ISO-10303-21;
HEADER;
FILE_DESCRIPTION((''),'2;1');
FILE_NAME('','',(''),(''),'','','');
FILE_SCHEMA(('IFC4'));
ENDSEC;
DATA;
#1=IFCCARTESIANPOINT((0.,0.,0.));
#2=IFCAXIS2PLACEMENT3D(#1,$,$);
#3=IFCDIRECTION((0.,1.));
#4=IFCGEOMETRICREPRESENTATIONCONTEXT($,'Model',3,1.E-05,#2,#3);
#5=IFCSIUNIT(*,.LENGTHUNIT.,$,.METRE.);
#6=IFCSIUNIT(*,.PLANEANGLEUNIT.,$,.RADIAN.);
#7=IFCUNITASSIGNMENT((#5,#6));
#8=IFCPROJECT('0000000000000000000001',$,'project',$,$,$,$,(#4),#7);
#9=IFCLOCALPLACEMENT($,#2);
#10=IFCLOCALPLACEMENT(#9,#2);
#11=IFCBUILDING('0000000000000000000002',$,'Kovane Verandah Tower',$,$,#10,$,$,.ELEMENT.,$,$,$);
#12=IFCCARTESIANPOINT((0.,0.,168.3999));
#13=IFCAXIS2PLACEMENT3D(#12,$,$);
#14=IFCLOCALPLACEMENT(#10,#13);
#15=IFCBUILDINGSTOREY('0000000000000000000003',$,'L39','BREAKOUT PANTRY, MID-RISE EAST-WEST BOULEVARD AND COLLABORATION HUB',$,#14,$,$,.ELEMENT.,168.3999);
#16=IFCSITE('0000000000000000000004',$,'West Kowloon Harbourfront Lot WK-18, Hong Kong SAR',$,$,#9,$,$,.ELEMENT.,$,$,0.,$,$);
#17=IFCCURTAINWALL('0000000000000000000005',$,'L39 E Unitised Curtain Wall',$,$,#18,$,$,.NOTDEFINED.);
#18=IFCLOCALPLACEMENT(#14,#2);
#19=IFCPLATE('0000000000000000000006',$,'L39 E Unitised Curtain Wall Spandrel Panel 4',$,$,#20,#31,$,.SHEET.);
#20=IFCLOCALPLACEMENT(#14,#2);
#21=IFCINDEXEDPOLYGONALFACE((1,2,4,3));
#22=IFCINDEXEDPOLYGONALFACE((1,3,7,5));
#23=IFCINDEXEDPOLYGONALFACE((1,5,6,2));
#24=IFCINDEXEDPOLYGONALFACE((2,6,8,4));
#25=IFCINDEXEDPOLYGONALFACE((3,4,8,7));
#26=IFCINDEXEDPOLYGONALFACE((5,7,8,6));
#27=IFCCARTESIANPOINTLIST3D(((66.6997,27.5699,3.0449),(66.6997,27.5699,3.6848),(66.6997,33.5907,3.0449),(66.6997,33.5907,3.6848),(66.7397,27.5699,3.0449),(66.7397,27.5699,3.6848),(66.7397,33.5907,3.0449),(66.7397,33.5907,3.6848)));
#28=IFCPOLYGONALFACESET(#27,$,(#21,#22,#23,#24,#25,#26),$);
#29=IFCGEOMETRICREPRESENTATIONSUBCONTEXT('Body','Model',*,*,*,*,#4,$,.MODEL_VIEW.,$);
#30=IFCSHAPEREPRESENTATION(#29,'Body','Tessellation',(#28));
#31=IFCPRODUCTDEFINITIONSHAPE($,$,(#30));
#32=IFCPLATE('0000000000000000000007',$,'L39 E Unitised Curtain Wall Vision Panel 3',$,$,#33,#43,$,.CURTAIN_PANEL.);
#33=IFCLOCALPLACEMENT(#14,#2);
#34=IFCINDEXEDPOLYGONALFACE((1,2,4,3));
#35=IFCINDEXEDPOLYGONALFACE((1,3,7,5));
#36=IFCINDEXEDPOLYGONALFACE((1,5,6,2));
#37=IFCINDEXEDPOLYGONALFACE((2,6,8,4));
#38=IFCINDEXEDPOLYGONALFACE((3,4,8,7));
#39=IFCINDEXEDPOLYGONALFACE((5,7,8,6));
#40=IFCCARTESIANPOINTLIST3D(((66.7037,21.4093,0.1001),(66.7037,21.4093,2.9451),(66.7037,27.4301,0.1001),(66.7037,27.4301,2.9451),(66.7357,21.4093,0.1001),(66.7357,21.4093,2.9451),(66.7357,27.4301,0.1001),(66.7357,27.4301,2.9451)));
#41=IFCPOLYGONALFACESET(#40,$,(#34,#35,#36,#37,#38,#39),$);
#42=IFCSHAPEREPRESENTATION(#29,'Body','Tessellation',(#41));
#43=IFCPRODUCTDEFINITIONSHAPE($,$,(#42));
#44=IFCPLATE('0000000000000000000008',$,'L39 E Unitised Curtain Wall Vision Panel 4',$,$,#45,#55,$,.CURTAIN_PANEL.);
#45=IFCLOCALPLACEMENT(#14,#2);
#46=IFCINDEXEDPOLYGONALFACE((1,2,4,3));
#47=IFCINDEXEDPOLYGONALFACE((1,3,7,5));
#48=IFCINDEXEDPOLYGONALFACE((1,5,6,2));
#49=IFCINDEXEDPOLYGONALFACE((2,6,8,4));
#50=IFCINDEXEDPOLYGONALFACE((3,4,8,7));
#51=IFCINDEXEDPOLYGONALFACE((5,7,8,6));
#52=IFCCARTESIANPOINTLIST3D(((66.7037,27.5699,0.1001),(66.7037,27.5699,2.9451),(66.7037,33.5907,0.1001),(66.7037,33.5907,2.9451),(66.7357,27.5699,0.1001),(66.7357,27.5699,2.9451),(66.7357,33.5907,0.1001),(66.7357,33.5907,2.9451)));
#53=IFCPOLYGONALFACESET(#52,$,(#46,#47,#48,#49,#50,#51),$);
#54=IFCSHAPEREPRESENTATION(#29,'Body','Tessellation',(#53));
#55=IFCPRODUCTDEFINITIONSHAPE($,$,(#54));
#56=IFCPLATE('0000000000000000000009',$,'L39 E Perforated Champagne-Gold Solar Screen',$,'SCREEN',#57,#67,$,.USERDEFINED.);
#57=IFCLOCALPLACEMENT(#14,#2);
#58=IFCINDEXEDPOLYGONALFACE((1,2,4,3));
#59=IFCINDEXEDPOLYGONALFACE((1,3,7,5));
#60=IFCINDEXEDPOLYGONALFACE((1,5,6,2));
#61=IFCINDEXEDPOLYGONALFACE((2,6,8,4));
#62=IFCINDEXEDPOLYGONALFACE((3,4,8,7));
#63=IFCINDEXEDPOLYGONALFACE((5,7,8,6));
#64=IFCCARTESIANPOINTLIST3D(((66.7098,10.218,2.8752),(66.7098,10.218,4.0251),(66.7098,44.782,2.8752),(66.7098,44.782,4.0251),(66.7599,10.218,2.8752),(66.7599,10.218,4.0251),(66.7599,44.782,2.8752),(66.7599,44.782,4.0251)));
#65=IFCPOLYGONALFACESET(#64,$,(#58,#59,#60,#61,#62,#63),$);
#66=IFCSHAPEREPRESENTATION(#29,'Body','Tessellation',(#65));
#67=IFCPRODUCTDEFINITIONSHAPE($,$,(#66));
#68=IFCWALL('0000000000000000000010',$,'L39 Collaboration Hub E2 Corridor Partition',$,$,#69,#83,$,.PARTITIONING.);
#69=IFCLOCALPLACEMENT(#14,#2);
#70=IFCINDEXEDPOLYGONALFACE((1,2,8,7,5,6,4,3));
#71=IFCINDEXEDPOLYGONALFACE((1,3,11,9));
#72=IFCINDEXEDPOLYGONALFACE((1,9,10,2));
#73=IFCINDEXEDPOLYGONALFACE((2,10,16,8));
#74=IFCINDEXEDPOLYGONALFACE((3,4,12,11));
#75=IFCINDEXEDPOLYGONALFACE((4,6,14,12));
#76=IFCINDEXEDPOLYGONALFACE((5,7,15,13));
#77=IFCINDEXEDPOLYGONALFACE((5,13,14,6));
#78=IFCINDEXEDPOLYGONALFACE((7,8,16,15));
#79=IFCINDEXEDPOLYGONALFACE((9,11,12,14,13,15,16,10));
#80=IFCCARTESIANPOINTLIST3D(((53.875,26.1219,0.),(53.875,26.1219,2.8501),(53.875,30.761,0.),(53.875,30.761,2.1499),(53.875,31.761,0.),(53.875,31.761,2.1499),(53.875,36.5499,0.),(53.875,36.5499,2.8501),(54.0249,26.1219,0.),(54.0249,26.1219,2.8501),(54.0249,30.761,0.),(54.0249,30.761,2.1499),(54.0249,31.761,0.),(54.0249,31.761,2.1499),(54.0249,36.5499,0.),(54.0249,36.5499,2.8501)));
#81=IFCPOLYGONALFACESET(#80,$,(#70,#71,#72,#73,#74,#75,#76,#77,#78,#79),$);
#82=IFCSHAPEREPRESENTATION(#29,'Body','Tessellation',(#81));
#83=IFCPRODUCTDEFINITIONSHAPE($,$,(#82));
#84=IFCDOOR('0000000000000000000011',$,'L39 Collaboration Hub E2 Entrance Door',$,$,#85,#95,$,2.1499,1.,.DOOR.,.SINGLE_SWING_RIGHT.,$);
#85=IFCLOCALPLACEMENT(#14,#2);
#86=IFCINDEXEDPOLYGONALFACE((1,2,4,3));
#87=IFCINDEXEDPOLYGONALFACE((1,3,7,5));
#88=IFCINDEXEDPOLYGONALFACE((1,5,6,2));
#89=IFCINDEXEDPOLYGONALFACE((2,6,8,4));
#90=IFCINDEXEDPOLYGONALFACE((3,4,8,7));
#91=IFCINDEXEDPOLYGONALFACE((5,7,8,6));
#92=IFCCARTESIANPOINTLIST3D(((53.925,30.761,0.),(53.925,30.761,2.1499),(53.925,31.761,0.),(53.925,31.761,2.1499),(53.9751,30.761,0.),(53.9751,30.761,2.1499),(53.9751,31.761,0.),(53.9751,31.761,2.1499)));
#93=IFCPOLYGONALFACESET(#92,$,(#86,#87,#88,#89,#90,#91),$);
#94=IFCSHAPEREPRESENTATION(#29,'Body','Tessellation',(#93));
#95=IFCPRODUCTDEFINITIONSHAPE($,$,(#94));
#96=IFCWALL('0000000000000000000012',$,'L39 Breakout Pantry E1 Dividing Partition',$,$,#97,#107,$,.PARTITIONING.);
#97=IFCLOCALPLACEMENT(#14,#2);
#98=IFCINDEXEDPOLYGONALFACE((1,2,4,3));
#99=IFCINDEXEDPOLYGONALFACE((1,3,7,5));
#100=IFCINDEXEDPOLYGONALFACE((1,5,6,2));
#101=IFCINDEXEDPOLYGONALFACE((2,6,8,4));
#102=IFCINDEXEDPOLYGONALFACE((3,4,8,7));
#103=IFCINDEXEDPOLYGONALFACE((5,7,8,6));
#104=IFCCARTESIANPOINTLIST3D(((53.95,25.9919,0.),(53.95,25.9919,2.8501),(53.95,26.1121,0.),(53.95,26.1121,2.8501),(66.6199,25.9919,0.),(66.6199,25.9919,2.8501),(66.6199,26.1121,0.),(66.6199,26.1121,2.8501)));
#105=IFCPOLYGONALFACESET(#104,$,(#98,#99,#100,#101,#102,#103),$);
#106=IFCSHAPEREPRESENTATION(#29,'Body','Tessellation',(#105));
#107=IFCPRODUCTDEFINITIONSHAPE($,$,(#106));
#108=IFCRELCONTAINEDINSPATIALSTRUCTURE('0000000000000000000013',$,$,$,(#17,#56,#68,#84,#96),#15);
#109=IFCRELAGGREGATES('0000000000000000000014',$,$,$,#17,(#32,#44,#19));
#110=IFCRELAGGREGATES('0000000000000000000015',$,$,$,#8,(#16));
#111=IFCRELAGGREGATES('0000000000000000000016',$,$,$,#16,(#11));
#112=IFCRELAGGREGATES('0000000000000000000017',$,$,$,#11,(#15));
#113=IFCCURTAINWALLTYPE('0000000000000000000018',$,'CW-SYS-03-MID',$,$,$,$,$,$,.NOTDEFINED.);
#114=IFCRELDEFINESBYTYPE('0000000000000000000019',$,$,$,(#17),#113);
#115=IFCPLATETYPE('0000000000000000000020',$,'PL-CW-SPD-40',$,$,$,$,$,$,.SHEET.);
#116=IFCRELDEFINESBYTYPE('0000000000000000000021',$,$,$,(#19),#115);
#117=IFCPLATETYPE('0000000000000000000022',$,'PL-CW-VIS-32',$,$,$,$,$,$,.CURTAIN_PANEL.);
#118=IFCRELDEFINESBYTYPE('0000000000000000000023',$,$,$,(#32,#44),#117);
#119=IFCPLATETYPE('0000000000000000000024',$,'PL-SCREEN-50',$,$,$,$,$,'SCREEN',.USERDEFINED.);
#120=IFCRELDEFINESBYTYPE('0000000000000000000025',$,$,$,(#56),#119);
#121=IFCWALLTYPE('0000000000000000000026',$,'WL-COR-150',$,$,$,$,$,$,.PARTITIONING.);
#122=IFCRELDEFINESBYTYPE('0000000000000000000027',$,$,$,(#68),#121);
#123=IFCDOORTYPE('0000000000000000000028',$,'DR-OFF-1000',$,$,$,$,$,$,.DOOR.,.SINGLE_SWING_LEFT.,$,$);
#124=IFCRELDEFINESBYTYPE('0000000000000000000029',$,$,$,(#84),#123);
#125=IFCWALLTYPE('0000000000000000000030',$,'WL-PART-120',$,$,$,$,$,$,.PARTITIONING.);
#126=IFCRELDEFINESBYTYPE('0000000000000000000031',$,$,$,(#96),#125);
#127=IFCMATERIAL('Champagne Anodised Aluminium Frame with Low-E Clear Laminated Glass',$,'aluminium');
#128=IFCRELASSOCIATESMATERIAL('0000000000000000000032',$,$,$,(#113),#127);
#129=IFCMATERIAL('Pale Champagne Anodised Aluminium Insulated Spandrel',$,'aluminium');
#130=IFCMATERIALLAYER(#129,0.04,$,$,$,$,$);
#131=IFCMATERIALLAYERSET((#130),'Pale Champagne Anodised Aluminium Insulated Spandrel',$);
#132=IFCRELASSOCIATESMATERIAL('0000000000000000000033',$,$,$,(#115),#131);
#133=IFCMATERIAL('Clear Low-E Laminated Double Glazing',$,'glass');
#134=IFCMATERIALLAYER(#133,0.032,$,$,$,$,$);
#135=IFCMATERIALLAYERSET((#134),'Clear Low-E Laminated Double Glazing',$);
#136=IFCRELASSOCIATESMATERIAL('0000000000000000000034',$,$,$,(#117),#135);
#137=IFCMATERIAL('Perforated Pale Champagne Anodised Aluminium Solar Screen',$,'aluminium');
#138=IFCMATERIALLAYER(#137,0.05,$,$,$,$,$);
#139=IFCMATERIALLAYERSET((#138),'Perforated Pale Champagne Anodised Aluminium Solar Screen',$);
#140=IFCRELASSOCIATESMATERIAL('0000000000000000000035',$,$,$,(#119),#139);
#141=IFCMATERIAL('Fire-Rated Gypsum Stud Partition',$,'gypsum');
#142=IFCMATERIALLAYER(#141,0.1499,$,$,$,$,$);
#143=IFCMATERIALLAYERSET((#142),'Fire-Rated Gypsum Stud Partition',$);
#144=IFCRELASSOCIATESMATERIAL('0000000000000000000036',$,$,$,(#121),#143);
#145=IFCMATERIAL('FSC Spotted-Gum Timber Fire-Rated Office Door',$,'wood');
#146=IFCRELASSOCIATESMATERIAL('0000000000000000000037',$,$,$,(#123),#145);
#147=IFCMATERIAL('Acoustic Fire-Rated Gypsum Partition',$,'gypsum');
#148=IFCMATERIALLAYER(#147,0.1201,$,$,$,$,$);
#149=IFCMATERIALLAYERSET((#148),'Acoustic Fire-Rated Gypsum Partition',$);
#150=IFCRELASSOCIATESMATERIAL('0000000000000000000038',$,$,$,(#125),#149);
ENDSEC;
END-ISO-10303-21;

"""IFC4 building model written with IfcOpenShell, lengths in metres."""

from ifc_helpers import new_model, si_unit, direction, frame, frame_2d, origin, origin_2d, place, context, subcontext, project, spatial, rectangle, extrude, material, layer, layer_set, type_object, element, fill, aggregate, save


model = new_model("IFC4")

# Units and contexts
model_context = context("Model", 3, precision=1e-05, world=origin(), true_north=direction((0.0, 1.0)))
body_context = subcontext(model_context, "Body", "Model", "MODEL_VIEW")
ifc_project = project(units=[si_unit("LENGTHUNIT", "METRE"), si_unit("PLANEANGLEUNIT", "RADIAN")], contexts=[model_context])

# Site, building, storey
site_placement = place(None, origin())
site = spatial("IfcSite", under=ifc_project, at=site_placement, Name="West Kowloon Harbourfront Lot WK-18, Hong Kong SAR", CompositionType="ELEMENT", RefElevation=0.0)
building_placement = place(site_placement, origin())
building = spatial("IfcBuilding", under=site, at=building_placement, Name="Kovane Verandah Tower", CompositionType="ELEMENT")
storey_placement = place(building_placement, frame((0.0, 0.0, 168.3999)))
storey = spatial("IfcBuildingStorey", under=building, at=storey_placement, Name="L39", Description="BREAKOUT PANTRY, MID-RISE EAST-WEST BOULEVARD AND COLLABORATION HUB", CompositionType="ELEMENT", Elevation=168.3999)

# Curtain wall
ifc_material_1 = material(Name="Champagne Anodised Aluminium Frame with Low-E Clear Laminated Glass", Category="aluminium")
curtain_wall_type = type_object("IfcCurtainWallType", Name="CW-SYS-03-MID", PredefinedType="NOTDEFINED", material=ifc_material_1)
curtain_wall_placement = place(storey_placement, origin())
curtain_wall = element("IfcCurtainWall", 1, at=curtain_wall_placement, inside=storey, type_object=curtain_wall_type, Name="L39 E Unitised Curtain Wall", PredefinedType="NOTDEFINED")

# Plates
ifc_material_2 = material(Name="Pale Champagne Anodised Aluminium Insulated Spandrel", Category="aluminium")
ifc_layer_1 = layer(ifc_material_2, 0.04)
ifc_layer_set_1 = layer_set([ifc_layer_1], Name="Pale Champagne Anodised Aluminium Insulated Spandrel")
plate_type_1 = type_object("IfcPlateType", Name="PL-CW-SPD-40", PredefinedType="SHEET", material=ifc_layer_set_1)
plate_1_placement = place(storey_placement, frame((66.7197, 30.5803, 3.0449), z_axis=(0.0, 0.0, 1.0), x_axis=(0.0, 1.0, 0.0)))
plate_1 = element("IfcPlate", 2, at=plate_1_placement, type_object=plate_type_1, Name="L39 E Unitised Curtain Wall Spandrel Panel 4", PredefinedType="SHEET", context=body_context, shape_type="SweptSolid", body=[
    extrude(rectangle(XDim=6.0208, YDim=0.04, at=origin_2d()), origin(), (0.0, 0.0, 1.0), 0.6399),
])
ifc_material_3 = material(Name="Clear Low-E Laminated Double Glazing", Category="glass")
ifc_layer_2 = layer(ifc_material_3, 0.032)
ifc_layer_set_2 = layer_set([ifc_layer_2], Name="Clear Low-E Laminated Double Glazing")
plate_type_2 = type_object("IfcPlateType", Name="PL-CW-VIS-32", PredefinedType="CURTAIN_PANEL", material=ifc_layer_set_2)
plate_2_placement = place(storey_placement, frame((66.7197, 24.4197, 0.1001), z_axis=(0.0, 0.0, 1.0), x_axis=(0.0, 1.0, 0.0)))
plate_2 = element("IfcPlate", 3, at=plate_2_placement, type_object=plate_type_2, Name="L39 E Unitised Curtain Wall Vision Panel 3", PredefinedType="CURTAIN_PANEL", context=body_context, shape_type="SweptSolid", body=[
    extrude(rectangle(XDim=6.0208, YDim=0.032, at=origin_2d()), origin(), (0.0, 0.0, 1.0), 2.845),
])
plate_3_placement = place(storey_placement, frame((66.7197, 30.5803, 0.1001), z_axis=(0.0, 0.0, 1.0), x_axis=(0.0, 1.0, 0.0)))
plate_3 = element("IfcPlate", 4, at=plate_3_placement, type_object=plate_type_2, Name="L39 E Unitised Curtain Wall Vision Panel 4", PredefinedType="CURTAIN_PANEL", context=body_context, shape_type="SweptSolid", body=[
    extrude(rectangle(XDim=6.0208, YDim=0.032, at=origin_2d()), origin(), (0.0, 0.0, 1.0), 2.845),
])
aggregate(curtain_wall, [plate_2, plate_3, plate_1])
ifc_material_4 = material(Name="Perforated Pale Champagne Anodised Aluminium Solar Screen", Category="aluminium")
ifc_layer_3 = layer(ifc_material_4, 0.05)
ifc_layer_set_3 = layer_set([ifc_layer_3], Name="Perforated Pale Champagne Anodised Aluminium Solar Screen")
plate_type_3 = type_object("IfcPlateType", Name="PL-SCREEN-50", ElementType="SCREEN", PredefinedType="USERDEFINED", material=ifc_layer_set_3)
plate_4_placement = place(storey_placement, frame((66.7349, 27.5, 2.8752), z_axis=(0.0, 0.0, 1.0), x_axis=(0.0, 1.0, 0.0)))
element("IfcPlate", 5, at=plate_4_placement, inside=storey, type_object=plate_type_3, Name="L39 E Perforated Champagne-Gold Solar Screen", ObjectType="SCREEN", PredefinedType="USERDEFINED", context=body_context, shape_type="SweptSolid", body=[
    extrude(rectangle(XDim=34.564, YDim=0.05, at=origin_2d()), origin(), (0.0, 0.0, 1.0), 1.1499),
])

# Wall, opening, door
ifc_material_5 = material(Name="Fire-Rated Gypsum Stud Partition", Category="gypsum")
ifc_layer_4 = layer(ifc_material_5, 0.1499)
ifc_layer_set_4 = layer_set([ifc_layer_4], Name="Fire-Rated Gypsum Stud Partition")
wall_type_1 = type_object("IfcWallType", Name="WL-COR-150", PredefinedType="PARTITIONING", material=ifc_layer_set_4)
wall_1_placement = place(storey_placement, frame((53.95, 26.1221, 0.0), z_axis=(0.0, 0.0, 1.0), x_axis=(0.0, 1.0, 0.0)))
wall_1 = element("IfcWall", 6, at=wall_1_placement, inside=storey, type_object=wall_type_1, Name="L39 Collaboration Hub E2 Corridor Partition", PredefinedType="PARTITIONING", context=body_context, shape_type="SweptSolid", body=[
    extrude(rectangle(XDim=10.428, YDim=0.1499, at=frame_2d((5.2139, 0.0))), origin(), (0.0, 0.0, 1.0), 2.8501),
])
opening_placement = place(wall_1_placement, frame((4.6389, 0.0, 0.0)))
opening = element("IfcOpeningElement", 7, at=opening_placement, cuts=wall_1, PredefinedType="OPENING", context=body_context, shape_type="SweptSolid", body=[
    extrude(rectangle(XDim=1.0, YDim=2.1499, at=frame_2d((0.5, 1.075))), frame((0.0, 0.075, 0.0), z_axis=(0.0, -1.0, 0.0), x_axis=(1.0, 0.0, 0.0)), (0.0, 0.0, 1.0), 0.1499),
])
ifc_material_6 = material(Name="FSC Spotted-Gum Timber Fire-Rated Office Door", Category="wood")
door_type = type_object("IfcDoorType", Name="DR-OFF-1000", OperationType="SINGLE_SWING_LEFT", PredefinedType="DOOR", material=ifc_material_6)
door_placement = place(opening_placement, origin())
door = element("IfcDoor", 8, at=door_placement, inside=storey, type_object=door_type, Name="L39 Collaboration Hub E2 Entrance Door", OperationType="SINGLE_SWING_RIGHT", OverallHeight=2.1499, OverallWidth=1.0, PredefinedType="DOOR", context=body_context, shape_type="SweptSolid", body=[
    extrude(rectangle(XDim=1.0, YDim=2.1499, at=frame_2d((0.5, 1.075))), frame((0.0, 0.0249, 0.0), z_axis=(0.0, -1.0, 0.0), x_axis=(1.0, 0.0, 0.0)), (0.0, 0.0, 1.0), 0.05),
])
fill(opening, door)

# Wall
ifc_material_7 = material(Name="Acoustic Fire-Rated Gypsum Partition", Category="gypsum")
ifc_layer_5 = layer(ifc_material_7, 0.1201)
ifc_layer_set_5 = layer_set([ifc_layer_5], Name="Acoustic Fire-Rated Gypsum Partition")
wall_type_2 = type_object("IfcWallType", Name="WL-PART-120", PredefinedType="PARTITIONING", material=ifc_layer_set_5)
wall_2_placement = place(storey_placement, frame((53.95, 26.052, 0.0), z_axis=(0.0, 0.0, 1.0), x_axis=(1.0, 0.0, 0.0)))
element("IfcWall", 9, at=wall_2_placement, inside=storey, type_object=wall_type_2, Name="L39 Breakout Pantry E1 Dividing Partition", PredefinedType="PARTITIONING", context=body_context, shape_type="SweptSolid", body=[
    extrude(rectangle(XDim=12.6699, YDim=0.1201, at=frame_2d((6.335, 0.0))), origin(), (0.0, 0.0, 1.0), 2.8501),
])

save(model, "model.ifc")
